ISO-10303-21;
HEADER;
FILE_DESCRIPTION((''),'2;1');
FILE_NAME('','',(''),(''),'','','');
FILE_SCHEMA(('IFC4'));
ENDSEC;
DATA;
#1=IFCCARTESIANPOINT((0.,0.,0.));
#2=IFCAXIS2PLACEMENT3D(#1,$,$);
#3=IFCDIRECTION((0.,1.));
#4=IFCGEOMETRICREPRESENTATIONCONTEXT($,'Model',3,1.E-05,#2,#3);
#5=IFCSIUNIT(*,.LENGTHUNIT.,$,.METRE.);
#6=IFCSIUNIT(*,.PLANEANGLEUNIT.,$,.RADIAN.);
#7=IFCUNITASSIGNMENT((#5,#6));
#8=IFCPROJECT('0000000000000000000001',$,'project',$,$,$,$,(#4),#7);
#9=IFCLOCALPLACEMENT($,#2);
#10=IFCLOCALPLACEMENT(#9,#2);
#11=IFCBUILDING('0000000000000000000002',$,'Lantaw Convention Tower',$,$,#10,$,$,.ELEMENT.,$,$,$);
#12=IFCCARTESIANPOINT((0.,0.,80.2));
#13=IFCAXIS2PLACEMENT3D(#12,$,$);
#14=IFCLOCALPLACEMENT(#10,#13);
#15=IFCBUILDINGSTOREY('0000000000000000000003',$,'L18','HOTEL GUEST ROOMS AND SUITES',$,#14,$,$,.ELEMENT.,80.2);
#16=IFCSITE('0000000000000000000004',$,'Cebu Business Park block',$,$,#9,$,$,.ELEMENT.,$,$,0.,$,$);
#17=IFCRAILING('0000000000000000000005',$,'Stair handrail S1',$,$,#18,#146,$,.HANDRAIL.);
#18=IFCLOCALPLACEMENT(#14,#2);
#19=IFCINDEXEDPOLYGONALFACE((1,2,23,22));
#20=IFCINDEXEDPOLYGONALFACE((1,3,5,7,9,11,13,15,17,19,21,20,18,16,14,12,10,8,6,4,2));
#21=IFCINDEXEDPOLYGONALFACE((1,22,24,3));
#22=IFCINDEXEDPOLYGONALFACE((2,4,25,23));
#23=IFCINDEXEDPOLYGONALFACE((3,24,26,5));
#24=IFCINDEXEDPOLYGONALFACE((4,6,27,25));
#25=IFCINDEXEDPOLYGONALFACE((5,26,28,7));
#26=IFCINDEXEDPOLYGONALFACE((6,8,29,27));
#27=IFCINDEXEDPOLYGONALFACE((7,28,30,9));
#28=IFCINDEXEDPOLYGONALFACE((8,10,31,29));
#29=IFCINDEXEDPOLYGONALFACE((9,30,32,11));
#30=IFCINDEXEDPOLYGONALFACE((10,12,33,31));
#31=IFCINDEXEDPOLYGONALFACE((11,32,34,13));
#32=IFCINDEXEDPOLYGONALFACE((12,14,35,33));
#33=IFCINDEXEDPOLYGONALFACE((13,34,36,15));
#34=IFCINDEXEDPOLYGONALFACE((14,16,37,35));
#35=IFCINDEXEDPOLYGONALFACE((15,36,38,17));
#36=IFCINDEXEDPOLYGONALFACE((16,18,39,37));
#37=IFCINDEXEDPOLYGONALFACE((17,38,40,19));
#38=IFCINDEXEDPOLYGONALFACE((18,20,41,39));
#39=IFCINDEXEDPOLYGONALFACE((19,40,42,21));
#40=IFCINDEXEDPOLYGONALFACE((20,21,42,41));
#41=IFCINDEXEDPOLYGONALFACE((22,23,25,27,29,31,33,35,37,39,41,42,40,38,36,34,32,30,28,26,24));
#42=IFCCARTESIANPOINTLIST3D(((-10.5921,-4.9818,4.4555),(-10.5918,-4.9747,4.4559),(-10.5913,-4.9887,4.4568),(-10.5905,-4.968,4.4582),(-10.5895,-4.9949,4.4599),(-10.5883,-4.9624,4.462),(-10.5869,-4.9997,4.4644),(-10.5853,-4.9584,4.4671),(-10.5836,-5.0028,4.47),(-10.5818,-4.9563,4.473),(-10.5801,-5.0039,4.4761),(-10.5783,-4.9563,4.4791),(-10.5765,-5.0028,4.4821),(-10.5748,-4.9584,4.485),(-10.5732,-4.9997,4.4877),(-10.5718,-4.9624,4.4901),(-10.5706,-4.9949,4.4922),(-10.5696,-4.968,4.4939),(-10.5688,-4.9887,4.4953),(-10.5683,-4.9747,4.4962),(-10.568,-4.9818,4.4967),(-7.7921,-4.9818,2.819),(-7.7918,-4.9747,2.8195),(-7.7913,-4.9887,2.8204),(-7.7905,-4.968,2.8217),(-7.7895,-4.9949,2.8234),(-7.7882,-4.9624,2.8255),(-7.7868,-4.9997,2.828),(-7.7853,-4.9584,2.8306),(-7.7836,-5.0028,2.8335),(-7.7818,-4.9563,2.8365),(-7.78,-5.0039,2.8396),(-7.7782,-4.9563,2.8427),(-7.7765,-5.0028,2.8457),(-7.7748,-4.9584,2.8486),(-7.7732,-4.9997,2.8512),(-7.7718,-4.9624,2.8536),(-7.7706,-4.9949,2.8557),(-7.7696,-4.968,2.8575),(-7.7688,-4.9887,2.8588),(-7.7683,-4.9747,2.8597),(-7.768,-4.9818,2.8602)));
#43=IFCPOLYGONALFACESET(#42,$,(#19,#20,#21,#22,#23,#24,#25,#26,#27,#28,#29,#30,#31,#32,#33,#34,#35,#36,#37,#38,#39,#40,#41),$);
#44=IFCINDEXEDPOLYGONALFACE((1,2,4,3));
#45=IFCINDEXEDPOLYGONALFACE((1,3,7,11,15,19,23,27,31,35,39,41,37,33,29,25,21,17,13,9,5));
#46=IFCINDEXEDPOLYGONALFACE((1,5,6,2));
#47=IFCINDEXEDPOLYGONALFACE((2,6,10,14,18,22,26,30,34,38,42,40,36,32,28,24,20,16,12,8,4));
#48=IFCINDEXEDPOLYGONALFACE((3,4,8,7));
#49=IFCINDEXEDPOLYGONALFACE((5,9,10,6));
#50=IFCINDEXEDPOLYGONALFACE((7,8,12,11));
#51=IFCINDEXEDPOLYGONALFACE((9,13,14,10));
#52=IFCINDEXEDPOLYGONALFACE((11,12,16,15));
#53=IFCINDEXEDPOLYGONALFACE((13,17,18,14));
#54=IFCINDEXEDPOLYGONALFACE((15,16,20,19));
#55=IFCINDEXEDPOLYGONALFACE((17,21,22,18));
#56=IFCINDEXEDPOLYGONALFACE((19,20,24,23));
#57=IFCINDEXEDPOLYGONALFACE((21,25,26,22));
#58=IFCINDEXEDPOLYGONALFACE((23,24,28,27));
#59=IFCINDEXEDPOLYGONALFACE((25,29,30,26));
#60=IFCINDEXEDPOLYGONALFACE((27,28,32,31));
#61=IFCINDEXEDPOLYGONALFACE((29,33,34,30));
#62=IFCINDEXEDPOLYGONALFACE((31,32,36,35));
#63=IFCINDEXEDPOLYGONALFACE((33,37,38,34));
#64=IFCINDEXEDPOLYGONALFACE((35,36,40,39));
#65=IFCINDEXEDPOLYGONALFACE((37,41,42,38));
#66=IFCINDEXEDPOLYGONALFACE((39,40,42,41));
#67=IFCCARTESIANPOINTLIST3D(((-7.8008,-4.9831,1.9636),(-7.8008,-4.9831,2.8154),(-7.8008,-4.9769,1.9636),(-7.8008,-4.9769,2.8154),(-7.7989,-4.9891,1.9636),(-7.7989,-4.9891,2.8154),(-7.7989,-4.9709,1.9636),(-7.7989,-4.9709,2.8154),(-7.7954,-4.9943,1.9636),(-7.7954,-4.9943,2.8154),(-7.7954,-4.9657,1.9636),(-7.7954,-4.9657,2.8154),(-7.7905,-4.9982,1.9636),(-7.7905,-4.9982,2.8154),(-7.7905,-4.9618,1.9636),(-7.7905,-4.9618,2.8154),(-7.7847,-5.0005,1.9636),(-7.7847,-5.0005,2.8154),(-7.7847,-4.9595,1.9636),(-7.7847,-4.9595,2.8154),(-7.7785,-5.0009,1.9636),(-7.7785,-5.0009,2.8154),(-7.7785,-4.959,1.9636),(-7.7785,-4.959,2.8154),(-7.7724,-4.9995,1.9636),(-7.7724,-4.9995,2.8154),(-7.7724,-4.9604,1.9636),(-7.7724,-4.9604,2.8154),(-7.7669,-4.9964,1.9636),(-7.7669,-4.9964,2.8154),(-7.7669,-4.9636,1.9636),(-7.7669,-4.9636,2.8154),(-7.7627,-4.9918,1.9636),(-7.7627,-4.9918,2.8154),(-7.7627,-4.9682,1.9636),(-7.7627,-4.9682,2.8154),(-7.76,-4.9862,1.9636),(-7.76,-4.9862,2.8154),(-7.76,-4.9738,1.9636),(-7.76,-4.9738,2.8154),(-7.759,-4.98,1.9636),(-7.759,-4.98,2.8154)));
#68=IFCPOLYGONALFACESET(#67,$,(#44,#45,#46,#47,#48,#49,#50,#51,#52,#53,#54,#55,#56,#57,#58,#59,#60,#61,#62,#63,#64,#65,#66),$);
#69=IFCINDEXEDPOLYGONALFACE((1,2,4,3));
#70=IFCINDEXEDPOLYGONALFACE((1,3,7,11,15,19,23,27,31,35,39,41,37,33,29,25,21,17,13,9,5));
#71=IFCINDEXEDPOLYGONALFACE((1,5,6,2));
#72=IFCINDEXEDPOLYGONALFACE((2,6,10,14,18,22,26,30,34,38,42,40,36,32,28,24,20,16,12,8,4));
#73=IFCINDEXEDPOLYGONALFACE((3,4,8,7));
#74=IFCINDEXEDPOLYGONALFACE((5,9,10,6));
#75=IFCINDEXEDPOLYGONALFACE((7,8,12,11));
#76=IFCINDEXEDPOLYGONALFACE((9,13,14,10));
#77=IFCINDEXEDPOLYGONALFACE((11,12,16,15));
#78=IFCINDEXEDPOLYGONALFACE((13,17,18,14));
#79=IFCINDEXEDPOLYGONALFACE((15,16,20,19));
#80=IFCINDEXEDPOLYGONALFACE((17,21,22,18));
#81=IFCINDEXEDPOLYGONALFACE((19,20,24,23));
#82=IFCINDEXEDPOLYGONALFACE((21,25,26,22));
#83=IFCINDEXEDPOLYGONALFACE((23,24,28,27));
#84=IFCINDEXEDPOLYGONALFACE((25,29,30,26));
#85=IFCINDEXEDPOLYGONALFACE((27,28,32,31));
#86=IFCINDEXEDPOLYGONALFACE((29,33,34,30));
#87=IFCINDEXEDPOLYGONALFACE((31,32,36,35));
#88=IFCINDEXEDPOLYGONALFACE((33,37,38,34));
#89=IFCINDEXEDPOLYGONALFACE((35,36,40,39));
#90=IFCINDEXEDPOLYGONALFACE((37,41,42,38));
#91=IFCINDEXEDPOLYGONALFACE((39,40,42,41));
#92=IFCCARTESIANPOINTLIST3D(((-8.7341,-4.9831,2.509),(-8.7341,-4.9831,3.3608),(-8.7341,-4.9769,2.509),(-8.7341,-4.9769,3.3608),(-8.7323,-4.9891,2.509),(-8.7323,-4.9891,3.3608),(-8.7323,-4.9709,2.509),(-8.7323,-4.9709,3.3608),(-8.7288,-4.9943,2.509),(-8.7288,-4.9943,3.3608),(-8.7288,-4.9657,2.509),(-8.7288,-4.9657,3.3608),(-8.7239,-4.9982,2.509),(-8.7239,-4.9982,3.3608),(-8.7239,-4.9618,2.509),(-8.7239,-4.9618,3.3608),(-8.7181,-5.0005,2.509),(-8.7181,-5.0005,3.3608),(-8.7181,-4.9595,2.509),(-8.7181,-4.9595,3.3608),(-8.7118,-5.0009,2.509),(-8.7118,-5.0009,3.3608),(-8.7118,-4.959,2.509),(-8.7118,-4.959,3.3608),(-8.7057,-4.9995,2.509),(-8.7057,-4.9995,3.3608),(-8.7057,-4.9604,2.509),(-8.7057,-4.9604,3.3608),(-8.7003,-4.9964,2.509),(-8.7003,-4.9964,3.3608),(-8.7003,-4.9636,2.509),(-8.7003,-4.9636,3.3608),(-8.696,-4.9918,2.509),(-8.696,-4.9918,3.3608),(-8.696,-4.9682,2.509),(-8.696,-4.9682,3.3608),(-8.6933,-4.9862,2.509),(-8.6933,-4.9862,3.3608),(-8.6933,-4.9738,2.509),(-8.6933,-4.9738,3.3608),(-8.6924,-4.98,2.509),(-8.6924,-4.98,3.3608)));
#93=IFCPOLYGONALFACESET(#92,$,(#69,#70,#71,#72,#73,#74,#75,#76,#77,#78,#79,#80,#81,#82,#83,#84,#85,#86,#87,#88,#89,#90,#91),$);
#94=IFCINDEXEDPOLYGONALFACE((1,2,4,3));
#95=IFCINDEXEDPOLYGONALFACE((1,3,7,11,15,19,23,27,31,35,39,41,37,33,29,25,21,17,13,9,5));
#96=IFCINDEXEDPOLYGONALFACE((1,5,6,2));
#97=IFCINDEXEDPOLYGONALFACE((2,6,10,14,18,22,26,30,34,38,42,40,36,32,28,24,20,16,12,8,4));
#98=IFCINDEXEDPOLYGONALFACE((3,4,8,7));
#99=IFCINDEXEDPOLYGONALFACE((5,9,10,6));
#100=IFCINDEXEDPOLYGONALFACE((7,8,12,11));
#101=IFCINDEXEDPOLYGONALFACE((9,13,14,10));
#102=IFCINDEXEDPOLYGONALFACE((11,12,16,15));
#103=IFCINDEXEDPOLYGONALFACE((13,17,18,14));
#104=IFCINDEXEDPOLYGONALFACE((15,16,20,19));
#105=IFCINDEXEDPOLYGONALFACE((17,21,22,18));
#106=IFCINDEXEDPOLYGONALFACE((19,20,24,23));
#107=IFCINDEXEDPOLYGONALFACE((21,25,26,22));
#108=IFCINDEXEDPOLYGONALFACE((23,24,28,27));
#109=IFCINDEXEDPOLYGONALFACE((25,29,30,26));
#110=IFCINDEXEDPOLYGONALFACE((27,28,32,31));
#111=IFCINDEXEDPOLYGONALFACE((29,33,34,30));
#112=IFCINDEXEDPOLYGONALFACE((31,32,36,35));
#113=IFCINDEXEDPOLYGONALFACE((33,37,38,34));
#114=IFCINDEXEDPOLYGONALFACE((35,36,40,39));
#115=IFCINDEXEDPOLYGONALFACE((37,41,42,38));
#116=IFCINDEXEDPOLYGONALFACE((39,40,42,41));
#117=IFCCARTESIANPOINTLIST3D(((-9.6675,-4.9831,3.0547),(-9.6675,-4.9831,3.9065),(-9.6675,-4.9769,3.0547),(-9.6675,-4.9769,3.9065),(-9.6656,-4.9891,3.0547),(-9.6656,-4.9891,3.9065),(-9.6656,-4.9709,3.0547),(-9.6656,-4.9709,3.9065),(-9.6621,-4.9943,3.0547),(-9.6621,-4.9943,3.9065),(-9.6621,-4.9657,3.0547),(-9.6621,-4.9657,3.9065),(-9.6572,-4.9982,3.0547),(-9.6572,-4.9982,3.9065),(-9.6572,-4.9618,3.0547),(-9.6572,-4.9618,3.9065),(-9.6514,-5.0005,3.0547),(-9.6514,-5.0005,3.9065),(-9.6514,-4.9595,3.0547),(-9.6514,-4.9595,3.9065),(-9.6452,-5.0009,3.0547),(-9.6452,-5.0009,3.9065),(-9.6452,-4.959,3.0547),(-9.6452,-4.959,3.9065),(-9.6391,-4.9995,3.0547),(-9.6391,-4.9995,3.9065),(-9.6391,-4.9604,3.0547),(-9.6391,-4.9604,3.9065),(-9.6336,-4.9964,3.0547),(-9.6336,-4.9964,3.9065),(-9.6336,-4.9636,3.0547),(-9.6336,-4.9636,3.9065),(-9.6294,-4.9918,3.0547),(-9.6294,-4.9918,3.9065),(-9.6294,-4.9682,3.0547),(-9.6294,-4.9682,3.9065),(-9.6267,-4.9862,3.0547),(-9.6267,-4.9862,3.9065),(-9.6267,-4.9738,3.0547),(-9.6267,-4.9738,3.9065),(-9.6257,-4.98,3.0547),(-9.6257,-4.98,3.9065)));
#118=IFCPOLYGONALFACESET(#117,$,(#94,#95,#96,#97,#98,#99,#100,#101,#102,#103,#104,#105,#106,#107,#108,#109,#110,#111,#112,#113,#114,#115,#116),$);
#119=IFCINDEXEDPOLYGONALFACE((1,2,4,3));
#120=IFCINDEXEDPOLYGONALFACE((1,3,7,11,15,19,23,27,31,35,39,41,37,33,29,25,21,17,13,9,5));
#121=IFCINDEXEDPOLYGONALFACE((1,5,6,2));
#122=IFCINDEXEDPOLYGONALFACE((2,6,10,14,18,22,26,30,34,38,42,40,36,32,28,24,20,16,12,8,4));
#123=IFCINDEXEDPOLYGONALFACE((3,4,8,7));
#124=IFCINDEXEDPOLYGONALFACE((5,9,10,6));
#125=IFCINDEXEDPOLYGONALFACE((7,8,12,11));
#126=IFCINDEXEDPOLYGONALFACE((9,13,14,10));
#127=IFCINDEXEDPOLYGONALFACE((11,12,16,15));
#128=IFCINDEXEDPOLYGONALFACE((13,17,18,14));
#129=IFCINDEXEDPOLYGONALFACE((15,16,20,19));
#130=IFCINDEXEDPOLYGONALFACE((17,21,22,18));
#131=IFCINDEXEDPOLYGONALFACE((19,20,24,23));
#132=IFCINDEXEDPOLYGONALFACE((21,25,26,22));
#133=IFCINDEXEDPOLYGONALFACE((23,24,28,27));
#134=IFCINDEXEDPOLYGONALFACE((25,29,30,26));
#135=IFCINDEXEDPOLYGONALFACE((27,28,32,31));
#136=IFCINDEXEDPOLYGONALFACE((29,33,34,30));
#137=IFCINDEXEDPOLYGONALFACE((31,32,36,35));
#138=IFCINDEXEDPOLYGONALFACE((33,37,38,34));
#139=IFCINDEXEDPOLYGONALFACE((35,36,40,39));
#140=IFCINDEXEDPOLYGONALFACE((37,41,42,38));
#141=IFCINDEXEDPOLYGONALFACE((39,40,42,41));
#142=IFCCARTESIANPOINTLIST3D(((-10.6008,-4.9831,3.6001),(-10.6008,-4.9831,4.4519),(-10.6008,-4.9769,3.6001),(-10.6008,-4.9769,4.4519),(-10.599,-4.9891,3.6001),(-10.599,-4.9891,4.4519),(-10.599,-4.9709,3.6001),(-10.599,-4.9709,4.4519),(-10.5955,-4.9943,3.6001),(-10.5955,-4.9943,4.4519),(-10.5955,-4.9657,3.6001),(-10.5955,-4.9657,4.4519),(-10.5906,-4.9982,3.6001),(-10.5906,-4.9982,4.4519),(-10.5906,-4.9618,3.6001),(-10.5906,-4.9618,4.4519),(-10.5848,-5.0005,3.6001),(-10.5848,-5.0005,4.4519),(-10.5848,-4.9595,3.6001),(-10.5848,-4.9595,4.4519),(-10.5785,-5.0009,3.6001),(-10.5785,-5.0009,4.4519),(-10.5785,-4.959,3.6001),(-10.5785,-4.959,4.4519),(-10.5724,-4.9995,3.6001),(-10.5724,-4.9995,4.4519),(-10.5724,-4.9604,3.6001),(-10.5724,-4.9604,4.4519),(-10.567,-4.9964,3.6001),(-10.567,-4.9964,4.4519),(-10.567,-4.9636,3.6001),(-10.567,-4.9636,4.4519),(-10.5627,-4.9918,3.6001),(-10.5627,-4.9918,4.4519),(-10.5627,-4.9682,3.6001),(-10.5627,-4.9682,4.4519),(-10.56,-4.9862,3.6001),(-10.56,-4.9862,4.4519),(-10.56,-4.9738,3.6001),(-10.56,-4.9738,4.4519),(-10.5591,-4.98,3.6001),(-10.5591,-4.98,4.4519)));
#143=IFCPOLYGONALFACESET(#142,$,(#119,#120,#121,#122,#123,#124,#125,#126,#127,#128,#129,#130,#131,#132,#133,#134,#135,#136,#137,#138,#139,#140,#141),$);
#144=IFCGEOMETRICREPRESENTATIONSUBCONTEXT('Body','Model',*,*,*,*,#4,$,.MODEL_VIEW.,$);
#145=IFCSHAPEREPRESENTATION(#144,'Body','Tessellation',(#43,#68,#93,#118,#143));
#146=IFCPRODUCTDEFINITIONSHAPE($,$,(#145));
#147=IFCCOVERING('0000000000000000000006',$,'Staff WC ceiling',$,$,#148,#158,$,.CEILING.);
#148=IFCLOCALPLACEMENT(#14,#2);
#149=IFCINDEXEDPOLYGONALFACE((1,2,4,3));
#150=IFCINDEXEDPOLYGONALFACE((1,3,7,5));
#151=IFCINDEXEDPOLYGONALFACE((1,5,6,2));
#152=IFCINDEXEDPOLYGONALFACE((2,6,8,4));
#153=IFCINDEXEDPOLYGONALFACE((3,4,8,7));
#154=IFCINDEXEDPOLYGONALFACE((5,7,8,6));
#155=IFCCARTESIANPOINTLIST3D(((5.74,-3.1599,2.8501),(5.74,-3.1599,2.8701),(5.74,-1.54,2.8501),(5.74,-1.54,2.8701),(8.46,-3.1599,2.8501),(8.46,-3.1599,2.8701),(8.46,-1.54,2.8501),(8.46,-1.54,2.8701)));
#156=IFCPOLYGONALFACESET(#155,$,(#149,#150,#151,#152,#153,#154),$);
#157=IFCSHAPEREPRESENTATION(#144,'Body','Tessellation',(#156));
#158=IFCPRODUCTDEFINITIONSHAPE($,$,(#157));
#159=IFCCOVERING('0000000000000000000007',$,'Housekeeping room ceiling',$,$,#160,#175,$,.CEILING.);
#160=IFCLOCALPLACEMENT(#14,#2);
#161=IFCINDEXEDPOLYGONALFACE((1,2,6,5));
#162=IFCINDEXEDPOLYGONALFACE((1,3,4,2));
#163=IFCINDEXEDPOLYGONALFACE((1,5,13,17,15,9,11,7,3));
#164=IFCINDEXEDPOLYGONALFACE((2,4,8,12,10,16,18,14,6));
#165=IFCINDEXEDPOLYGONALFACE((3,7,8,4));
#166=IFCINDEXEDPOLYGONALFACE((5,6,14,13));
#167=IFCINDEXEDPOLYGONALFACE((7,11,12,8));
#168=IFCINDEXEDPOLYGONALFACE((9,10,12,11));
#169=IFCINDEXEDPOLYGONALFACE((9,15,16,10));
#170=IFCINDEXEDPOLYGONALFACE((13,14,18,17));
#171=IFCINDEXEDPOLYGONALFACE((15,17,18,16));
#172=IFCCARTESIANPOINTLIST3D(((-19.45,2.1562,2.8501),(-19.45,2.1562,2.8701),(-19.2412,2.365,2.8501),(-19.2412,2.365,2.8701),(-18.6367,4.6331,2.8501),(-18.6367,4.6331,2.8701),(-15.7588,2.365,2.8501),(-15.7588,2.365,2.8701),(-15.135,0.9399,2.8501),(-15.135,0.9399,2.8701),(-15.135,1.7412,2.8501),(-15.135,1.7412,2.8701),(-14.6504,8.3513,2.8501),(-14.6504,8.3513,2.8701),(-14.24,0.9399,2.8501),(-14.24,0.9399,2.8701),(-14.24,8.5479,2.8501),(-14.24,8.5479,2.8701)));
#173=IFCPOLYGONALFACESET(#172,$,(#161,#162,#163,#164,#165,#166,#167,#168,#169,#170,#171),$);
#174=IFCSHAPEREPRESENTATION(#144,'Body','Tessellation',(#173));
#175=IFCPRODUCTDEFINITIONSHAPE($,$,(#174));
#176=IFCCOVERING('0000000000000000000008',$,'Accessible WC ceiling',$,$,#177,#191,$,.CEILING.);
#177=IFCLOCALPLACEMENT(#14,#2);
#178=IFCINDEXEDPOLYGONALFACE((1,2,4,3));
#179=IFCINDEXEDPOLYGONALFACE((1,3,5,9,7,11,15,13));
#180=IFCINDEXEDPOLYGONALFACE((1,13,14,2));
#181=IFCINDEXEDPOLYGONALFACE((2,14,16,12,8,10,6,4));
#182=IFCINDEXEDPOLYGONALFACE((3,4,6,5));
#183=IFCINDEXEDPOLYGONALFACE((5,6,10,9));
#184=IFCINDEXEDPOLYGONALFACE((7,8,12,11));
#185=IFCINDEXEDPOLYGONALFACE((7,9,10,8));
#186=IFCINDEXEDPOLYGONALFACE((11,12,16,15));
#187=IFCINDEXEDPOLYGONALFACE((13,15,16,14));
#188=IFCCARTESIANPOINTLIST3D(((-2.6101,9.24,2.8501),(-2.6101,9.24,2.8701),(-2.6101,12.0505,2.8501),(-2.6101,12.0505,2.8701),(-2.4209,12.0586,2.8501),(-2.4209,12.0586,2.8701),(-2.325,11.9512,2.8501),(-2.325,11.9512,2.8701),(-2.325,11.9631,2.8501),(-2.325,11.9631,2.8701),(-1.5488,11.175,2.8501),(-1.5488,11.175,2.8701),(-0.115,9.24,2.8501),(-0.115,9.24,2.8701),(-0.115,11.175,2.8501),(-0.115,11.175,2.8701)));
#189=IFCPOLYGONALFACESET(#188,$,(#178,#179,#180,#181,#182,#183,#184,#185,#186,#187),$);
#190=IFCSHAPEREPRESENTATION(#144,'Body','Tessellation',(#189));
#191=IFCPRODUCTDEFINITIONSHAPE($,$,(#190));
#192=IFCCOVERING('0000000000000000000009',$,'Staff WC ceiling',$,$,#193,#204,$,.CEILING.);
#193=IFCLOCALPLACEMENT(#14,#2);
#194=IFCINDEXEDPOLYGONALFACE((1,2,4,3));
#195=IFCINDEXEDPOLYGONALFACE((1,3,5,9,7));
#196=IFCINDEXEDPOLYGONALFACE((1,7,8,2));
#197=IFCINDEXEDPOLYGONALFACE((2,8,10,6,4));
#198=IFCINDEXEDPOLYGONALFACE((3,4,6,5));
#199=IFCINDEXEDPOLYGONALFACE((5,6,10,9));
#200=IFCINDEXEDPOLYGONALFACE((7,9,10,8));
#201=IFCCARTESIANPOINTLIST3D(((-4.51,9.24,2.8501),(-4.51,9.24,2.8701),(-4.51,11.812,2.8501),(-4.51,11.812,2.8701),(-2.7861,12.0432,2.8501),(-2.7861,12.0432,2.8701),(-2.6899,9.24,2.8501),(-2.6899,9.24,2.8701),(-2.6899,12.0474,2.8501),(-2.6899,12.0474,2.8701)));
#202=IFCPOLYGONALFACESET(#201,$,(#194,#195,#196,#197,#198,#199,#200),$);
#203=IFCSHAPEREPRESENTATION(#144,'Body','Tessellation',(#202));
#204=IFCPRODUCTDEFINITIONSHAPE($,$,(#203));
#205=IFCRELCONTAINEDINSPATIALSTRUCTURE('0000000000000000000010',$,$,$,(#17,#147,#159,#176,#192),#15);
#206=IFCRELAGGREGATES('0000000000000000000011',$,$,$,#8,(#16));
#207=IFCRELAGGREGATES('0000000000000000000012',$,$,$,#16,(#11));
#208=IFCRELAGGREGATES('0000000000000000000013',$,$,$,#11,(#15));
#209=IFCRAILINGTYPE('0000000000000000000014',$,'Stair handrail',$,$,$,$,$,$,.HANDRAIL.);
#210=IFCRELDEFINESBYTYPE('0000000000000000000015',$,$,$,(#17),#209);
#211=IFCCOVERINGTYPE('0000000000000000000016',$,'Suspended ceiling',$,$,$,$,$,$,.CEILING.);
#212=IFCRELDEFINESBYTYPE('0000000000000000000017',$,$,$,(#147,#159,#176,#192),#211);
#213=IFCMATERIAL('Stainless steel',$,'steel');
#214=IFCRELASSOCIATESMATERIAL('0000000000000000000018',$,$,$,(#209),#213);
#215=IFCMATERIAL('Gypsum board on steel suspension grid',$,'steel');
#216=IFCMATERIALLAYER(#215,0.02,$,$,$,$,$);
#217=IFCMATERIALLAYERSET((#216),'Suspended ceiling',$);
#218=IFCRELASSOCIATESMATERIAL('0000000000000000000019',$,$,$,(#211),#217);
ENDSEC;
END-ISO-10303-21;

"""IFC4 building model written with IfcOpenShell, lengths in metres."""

from ifc_helpers import new_model, si_unit, direction, frame, origin, origin_2d, place, context, subcontext, project, spatial, polyline, circle, outline, extrude, material, layer, layer_set, type_object, element, save


model = new_model("IFC4")

# Units and contexts
model_context = context("Model", 3, precision=1e-05, world=origin(), true_north=direction((0.0, 1.0)))
body_context = subcontext(model_context, "Body", "Model", "MODEL_VIEW")
ifc_project = project(units=[si_unit("LENGTHUNIT", "METRE"), si_unit("PLANEANGLEUNIT", "RADIAN")], contexts=[model_context])

# Site, building, storey
site_placement = place(None, origin())
site = spatial("IfcSite", under=ifc_project, at=site_placement, Name="Cebu Business Park block", CompositionType="ELEMENT", RefElevation=0.0)
building_placement = place(site_placement, origin())
building = spatial("IfcBuilding", under=site, at=building_placement, Name="Lantaw Convention Tower", CompositionType="ELEMENT")
storey_placement = place(building_placement, frame((0.0, 0.0, 80.2)))
storey = spatial("IfcBuildingStorey", under=building, at=storey_placement, Name="L18", Description="HOTEL GUEST ROOMS AND SUITES", CompositionType="ELEMENT", Elevation=80.2)

# Shared definitions
ifc_material_1 = material(Name="Stainless steel", Category="steel")

# Railing
railing_type = type_object("IfcRailingType", Name="Stair handrail", PredefinedType="HANDRAIL", material=ifc_material_1)
railing_1_placement = place(storey_placement, frame((-7.78, -4.98, 1.9636)))
element("IfcRailing", 1, at=railing_1_placement, inside=storey, type_object=railing_type, Name="Stair handrail S1", PredefinedType="HANDRAIL", context=body_context, shape_type="SweptSolid", body=[
    extrude(circle(Radius=0.0239, at=origin_2d()), frame((0.0, 0.0, 0.876), z_axis=(-0.863361, 0.0, 0.504587), x_axis=(0.0, -1.0, 0.0)), (0.0, 0.0, 1.0), 3.2432),
    extrude(circle(Radius=0.021, at=origin_2d()), origin(), (0.0, 0.0, 1.0), 0.8518),
    extrude(circle(Radius=0.021, at=origin_2d()), frame((-0.9333, 0.0, 0.5454)), (0.0, 0.0, 1.0), 0.8518),
    extrude(circle(Radius=0.021, at=origin_2d()), frame((-1.8667, 0.0, 1.0911)), (0.0, 0.0, 1.0), 0.8518),
    extrude(circle(Radius=0.021, at=origin_2d()), frame((-2.8, 0.0, 1.6365)), (0.0, 0.0, 1.0), 0.8518),
])

# Coverings
ifc_material_2 = material(Name="Gypsum board on steel suspension grid", Category="steel")
ifc_layer_1 = layer(ifc_material_2, 0.02)
ifc_layer_set_1 = layer_set([ifc_layer_1], Name="Suspended ceiling")
covering_type = type_object("IfcCoveringType", Name="Suspended ceiling", PredefinedType="CEILING", material=ifc_layer_set_1)
covering_1_placement = place(storey_placement, frame((0.0, 0.0, 2.8501)))
element("IfcCovering", 2, at=covering_1_placement, inside=storey, type_object=covering_type, Name="Staff WC ceiling", PredefinedType="CEILING", context=body_context, shape_type="SweptSolid", body=[
    extrude(outline(polyline([(5.74, -3.1599), (8.46, -3.1599), (8.46, -1.54), (5.74, -1.54), (5.74, -3.1599)])), origin(), (0.0, 0.0, 1.0), 0.02),
])
covering_2_placement = place(storey_placement, frame((0.0, 0.0, 2.8501)))
element("IfcCovering", 3, at=covering_2_placement, inside=storey, type_object=covering_type, Name="Housekeeping room ceiling", PredefinedType="CEILING", context=body_context, shape_type="SweptSolid", body=[
    extrude(outline(polyline([(-14.24, 8.5479), (-14.6504, 8.3513), (-18.6367, 4.6331), (-19.45, 2.1562), (-19.2412, 2.365), (-15.7588, 2.365), (-15.135, 1.7412), (-15.135, 0.9399), (-14.24, 0.9399), (-14.24, 8.5479)])), origin(), (0.0, 0.0, 1.0), 0.02),
])
covering_3_placement = place(storey_placement, frame((0.0, 0.0, 2.8501)))
element("IfcCovering", 4, at=covering_3_placement, inside=storey, type_object=covering_type, Name="Accessible WC ceiling", PredefinedType="CEILING", context=body_context, shape_type="SweptSolid", body=[
    extrude(outline(polyline([(-2.6101, 9.24), (-0.115, 9.24), (-0.115, 11.175), (-1.5488, 11.175), (-2.325, 11.9512), (-2.325, 11.9631), (-2.4209, 12.0586), (-2.6101, 12.0505), (-2.6101, 9.24)])), origin(), (0.0, 0.0, 1.0), 0.02),
])
covering_4_placement = place(storey_placement, frame((0.0, 0.0, 2.8501)))
element("IfcCovering", 5, at=covering_4_placement, inside=storey, type_object=covering_type, Name="Staff WC ceiling", PredefinedType="CEILING", context=body_context, shape_type="SweptSolid", body=[
    extrude(outline(polyline([(-2.6899, 12.0474), (-2.7861, 12.0432), (-4.51, 11.812), (-4.51, 9.24), (-2.6899, 9.24), (-2.6899, 12.0474)])), origin(), (0.0, 0.0, 1.0), 0.02),
])

save(model, "model.ifc")
